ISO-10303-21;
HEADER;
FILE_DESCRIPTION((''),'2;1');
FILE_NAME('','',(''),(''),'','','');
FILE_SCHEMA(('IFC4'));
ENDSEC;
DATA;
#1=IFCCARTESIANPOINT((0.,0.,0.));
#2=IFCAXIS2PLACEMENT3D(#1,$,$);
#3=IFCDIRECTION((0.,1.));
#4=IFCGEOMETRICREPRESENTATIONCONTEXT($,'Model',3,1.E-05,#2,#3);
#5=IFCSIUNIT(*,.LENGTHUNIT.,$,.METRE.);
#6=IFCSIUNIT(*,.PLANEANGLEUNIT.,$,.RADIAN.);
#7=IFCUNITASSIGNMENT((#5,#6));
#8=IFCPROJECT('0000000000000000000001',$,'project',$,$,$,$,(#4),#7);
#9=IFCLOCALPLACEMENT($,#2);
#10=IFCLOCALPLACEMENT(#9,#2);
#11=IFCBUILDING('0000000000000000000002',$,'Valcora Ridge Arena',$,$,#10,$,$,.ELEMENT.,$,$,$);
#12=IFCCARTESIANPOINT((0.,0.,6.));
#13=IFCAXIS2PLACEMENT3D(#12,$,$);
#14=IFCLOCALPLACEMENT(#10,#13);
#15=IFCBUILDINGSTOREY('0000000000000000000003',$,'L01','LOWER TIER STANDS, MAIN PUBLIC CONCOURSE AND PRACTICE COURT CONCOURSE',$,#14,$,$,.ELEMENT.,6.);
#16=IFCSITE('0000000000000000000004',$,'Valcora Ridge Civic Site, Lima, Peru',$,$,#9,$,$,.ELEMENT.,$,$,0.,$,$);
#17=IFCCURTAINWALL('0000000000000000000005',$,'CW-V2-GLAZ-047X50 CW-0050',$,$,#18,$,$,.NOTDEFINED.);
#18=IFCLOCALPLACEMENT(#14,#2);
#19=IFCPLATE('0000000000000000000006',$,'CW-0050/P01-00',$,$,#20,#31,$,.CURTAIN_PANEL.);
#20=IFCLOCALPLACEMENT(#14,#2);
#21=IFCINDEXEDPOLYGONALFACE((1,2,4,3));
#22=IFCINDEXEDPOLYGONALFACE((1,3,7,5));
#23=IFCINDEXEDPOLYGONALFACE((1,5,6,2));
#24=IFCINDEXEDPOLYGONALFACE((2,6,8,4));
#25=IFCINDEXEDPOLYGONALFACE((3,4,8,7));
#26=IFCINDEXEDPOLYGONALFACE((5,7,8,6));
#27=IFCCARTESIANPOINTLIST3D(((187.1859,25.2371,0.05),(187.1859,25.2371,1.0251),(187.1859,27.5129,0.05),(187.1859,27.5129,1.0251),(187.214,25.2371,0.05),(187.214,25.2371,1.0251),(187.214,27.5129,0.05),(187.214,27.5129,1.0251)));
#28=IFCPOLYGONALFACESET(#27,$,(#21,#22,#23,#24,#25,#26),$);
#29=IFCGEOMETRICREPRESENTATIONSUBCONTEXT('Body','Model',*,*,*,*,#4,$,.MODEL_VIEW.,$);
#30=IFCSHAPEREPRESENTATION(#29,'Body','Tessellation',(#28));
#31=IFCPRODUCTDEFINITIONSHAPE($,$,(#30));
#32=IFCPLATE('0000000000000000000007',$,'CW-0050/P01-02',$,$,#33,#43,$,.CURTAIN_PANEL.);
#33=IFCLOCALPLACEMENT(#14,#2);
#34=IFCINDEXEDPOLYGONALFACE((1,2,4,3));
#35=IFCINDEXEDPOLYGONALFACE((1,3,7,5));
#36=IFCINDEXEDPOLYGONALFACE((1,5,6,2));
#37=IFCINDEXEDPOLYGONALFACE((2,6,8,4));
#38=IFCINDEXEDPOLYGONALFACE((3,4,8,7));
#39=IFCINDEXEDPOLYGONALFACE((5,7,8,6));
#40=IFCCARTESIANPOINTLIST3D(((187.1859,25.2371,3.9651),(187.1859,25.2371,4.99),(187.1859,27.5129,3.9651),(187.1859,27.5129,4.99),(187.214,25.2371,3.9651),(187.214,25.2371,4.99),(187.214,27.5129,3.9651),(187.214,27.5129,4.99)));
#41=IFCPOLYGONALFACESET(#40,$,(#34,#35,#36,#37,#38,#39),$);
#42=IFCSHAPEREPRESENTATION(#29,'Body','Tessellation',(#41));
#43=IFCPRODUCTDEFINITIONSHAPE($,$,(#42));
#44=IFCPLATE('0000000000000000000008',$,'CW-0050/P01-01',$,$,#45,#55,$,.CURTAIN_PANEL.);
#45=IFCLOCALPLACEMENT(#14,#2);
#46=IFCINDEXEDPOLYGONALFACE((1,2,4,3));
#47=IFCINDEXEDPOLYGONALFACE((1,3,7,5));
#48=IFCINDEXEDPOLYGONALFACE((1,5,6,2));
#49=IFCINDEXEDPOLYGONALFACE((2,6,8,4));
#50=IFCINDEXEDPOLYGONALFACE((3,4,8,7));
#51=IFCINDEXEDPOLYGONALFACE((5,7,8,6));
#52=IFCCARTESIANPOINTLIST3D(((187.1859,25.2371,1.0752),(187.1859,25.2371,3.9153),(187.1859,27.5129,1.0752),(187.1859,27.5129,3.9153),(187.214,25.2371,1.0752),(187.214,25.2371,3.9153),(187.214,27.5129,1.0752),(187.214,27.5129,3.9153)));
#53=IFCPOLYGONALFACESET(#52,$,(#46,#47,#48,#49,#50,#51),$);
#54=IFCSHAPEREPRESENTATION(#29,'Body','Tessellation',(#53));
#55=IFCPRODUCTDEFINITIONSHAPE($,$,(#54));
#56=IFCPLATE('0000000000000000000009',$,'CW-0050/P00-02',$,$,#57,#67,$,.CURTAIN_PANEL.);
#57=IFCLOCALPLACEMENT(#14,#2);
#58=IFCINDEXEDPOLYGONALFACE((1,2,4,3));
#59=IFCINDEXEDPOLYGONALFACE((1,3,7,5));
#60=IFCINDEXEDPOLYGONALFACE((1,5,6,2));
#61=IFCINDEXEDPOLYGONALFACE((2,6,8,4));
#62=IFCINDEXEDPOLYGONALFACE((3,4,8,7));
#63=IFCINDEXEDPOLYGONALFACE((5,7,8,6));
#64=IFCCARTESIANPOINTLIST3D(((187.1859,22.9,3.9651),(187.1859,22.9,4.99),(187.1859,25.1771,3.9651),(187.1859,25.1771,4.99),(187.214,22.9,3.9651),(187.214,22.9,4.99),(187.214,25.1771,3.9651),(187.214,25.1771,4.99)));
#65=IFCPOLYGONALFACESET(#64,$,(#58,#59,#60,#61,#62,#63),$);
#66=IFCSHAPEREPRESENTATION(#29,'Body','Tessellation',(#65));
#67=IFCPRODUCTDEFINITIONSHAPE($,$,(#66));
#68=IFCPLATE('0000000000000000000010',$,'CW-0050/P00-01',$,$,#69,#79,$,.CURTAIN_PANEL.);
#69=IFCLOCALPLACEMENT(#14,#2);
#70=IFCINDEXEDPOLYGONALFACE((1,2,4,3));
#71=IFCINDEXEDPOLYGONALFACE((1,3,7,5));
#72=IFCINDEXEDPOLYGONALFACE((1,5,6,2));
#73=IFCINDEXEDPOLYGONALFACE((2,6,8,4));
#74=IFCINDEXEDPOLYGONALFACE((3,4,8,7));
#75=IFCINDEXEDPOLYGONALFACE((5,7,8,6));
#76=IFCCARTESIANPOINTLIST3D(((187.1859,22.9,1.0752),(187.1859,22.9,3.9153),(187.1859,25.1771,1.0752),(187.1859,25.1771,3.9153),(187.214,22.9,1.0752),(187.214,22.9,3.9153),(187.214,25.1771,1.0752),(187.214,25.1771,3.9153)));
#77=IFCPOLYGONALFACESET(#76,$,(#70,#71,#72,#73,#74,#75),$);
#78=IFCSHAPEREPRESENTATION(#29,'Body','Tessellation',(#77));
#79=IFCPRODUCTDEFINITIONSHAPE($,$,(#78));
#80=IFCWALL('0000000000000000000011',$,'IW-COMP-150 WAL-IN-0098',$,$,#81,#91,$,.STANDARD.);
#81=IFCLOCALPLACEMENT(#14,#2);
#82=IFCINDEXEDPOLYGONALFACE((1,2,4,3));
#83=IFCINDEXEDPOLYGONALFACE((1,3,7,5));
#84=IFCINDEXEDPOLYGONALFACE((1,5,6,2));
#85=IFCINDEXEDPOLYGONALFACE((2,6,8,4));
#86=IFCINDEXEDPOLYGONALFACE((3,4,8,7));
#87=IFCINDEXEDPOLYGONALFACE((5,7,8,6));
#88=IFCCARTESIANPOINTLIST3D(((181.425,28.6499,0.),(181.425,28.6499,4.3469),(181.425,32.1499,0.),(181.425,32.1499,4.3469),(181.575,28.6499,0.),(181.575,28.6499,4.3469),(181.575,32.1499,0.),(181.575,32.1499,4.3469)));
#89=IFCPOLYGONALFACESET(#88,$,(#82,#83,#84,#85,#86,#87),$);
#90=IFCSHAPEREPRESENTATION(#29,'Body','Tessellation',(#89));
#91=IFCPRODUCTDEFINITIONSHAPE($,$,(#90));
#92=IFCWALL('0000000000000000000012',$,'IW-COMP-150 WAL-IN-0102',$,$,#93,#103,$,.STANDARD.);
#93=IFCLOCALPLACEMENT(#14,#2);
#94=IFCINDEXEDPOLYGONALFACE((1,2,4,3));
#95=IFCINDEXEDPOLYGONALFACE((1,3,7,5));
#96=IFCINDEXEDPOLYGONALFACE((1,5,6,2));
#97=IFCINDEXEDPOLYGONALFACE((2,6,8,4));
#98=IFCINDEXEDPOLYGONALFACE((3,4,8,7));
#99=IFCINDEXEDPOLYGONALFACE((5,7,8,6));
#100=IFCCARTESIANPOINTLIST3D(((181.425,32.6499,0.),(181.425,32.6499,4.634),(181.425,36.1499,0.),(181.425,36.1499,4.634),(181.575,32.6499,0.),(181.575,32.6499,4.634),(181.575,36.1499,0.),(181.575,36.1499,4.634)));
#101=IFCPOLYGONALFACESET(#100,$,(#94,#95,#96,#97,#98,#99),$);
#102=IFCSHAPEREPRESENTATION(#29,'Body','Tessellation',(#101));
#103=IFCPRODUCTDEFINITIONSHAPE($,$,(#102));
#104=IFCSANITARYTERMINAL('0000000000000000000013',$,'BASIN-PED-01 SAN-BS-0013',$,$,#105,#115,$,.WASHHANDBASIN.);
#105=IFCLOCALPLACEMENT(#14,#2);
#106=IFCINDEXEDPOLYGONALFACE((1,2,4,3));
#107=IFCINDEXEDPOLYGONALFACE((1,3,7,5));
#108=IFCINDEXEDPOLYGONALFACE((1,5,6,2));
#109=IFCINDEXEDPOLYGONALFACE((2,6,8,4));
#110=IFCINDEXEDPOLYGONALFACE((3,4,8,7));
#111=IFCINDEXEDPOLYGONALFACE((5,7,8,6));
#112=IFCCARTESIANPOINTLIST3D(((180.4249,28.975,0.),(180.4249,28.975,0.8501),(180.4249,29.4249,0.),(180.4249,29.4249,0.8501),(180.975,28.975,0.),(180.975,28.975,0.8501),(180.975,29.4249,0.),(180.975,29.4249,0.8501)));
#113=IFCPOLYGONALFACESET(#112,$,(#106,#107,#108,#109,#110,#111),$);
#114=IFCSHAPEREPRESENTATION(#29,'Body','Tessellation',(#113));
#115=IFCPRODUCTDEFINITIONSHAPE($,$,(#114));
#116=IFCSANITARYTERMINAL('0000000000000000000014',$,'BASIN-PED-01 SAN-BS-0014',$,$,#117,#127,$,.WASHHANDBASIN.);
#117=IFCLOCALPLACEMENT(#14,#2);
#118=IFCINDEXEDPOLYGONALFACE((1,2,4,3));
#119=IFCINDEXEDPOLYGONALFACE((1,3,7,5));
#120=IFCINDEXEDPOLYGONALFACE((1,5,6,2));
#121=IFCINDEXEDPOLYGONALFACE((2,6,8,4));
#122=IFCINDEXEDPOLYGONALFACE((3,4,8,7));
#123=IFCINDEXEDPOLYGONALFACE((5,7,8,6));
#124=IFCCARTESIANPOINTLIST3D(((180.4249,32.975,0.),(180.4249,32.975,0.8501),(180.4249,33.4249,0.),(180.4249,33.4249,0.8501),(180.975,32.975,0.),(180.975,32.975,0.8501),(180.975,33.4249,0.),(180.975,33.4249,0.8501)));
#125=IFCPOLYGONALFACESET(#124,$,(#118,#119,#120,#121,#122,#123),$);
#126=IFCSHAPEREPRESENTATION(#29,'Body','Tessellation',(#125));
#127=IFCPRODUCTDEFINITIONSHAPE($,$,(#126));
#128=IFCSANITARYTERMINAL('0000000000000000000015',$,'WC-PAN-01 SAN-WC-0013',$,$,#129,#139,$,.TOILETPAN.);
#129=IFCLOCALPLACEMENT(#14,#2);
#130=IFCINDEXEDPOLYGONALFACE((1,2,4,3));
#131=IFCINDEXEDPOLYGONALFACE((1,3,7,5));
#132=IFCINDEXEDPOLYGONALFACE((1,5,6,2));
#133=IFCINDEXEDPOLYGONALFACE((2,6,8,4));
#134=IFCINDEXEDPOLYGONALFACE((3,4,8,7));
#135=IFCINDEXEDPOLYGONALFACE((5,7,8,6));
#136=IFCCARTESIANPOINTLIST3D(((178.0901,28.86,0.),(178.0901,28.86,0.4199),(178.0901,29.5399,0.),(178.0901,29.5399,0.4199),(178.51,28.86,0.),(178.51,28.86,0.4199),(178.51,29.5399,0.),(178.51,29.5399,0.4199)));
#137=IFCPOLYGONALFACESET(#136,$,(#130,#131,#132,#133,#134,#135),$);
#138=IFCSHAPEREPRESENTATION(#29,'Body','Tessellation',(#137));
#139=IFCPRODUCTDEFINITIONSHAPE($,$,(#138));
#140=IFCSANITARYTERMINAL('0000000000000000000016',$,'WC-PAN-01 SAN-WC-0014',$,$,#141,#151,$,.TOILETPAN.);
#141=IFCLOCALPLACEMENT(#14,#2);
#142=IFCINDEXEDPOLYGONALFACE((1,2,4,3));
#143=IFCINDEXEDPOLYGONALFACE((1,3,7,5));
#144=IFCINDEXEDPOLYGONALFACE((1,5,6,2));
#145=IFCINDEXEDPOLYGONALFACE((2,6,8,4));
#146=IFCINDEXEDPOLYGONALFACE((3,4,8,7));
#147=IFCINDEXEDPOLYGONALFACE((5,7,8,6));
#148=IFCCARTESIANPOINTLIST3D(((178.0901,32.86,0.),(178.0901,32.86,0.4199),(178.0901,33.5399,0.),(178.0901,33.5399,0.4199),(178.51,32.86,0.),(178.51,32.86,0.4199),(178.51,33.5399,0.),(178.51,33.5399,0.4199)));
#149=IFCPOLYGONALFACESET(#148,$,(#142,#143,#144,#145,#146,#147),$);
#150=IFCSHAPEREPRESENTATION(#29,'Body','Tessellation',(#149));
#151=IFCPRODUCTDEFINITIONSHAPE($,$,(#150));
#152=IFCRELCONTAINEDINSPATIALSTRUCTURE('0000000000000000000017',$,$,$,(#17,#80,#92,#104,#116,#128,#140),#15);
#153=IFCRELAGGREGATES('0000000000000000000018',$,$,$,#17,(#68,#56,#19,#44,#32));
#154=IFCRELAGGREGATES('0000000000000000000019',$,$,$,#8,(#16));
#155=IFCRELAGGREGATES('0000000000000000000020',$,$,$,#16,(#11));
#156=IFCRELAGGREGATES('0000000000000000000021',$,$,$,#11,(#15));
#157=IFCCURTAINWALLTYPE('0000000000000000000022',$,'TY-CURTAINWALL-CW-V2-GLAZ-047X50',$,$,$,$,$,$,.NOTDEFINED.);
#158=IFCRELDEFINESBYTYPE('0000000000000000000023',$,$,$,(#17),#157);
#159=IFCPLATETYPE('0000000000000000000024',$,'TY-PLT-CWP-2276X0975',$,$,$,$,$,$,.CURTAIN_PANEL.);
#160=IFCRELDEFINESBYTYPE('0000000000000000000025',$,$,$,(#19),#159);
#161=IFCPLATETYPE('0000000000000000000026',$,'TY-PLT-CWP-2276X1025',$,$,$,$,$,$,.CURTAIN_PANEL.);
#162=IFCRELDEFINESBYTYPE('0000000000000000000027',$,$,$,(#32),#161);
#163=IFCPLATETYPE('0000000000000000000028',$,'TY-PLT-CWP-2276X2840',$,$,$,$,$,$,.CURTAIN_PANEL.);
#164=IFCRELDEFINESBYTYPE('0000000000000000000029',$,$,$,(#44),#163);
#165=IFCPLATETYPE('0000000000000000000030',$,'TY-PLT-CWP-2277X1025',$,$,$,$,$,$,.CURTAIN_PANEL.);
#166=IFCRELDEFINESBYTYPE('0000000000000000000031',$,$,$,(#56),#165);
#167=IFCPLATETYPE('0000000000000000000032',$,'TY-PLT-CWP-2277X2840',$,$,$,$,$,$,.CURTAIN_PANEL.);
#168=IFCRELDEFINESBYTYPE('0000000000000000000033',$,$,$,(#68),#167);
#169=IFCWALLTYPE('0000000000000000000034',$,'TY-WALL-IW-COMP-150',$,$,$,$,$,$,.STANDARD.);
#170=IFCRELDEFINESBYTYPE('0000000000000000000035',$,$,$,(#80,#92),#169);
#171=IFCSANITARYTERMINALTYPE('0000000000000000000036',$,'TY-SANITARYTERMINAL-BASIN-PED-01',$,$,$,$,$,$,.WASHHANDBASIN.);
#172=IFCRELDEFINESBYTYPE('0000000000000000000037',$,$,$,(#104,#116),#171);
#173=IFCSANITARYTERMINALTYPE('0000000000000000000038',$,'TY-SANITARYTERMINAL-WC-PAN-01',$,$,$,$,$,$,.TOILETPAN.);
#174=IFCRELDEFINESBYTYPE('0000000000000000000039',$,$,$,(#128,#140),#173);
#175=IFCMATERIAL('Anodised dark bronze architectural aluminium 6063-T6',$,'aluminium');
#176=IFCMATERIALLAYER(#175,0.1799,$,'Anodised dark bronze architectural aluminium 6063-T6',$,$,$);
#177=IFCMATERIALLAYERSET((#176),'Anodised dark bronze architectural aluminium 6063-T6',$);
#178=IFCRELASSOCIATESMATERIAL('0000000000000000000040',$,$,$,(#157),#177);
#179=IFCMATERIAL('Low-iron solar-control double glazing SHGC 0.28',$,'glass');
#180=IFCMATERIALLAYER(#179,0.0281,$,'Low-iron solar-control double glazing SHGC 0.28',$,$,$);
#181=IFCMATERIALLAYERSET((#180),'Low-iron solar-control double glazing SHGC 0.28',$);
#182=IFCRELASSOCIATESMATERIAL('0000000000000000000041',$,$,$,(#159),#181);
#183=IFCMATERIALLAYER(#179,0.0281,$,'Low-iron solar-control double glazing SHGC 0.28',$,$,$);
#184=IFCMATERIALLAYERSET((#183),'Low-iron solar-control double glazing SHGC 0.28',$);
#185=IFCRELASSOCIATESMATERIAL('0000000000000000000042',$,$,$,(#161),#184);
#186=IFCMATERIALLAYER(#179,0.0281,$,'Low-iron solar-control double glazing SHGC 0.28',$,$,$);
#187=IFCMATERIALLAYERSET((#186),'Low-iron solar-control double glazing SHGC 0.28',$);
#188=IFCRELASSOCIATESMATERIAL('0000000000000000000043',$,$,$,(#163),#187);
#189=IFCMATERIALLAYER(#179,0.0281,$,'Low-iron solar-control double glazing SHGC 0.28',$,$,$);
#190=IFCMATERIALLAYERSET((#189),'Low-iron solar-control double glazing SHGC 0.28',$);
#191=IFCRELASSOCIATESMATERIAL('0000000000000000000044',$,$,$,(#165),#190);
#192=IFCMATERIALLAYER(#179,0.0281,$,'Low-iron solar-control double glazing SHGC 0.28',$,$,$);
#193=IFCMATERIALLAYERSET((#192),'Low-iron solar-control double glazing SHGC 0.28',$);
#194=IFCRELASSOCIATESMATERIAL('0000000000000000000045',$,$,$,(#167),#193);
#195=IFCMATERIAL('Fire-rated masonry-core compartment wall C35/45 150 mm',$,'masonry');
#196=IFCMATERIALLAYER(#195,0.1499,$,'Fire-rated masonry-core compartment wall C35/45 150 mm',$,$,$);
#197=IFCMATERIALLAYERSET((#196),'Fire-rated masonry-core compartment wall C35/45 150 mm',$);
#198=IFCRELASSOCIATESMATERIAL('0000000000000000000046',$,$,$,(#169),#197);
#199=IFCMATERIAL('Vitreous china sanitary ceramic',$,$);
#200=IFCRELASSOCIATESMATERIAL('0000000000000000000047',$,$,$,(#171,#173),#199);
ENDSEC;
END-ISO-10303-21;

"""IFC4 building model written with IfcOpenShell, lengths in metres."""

from ifc_helpers import new_model, si_unit, direction, frame, frame_2d, origin, origin_2d, place, context, subcontext, project, spatial, rectangle, extrude, material, layer, layer_set, type_object, element, aggregate, save


model = new_model("IFC4")

# Units and contexts
model_context = context("Model", 3, precision=1e-05, world=origin(), true_north=direction((0.0, 1.0)))
body_context = subcontext(model_context, "Body", "Model", "MODEL_VIEW")
ifc_project = project(units=[si_unit("LENGTHUNIT", "METRE"), si_unit("PLANEANGLEUNIT", "RADIAN")], contexts=[model_context])

# Site, building, storey
site_placement = place(None, origin())
site = spatial("IfcSite", under=ifc_project, at=site_placement, Name="Valcora Ridge Civic Site, Lima, Peru", CompositionType="ELEMENT", RefElevation=0.0)
building_placement = place(site_placement, origin())
building = spatial("IfcBuilding", under=site, at=building_placement, Name="Valcora Ridge Arena", CompositionType="ELEMENT")
storey_placement = place(building_placement, frame((0.0, 0.0, 6.0)))
storey = spatial("IfcBuildingStorey", under=building, at=storey_placement, Name="L01", Description="LOWER TIER STANDS, MAIN PUBLIC CONCOURSE AND PRACTICE COURT CONCOURSE", CompositionType="ELEMENT", Elevation=6.0)

# Curtain wall
ifc_material_1 = material(Name="Anodised dark bronze architectural aluminium 6063-T6", Category="aluminium")
ifc_layer_1 = layer(ifc_material_1, 0.1799, Name="Anodised dark bronze architectural aluminium 6063-T6")
ifc_layer_set_1 = layer_set([ifc_layer_1], Name="Anodised dark bronze architectural aluminium 6063-T6")
curtain_wall_type = type_object("IfcCurtainWallType", Name="TY-CURTAINWALL-CW-V2-GLAZ-047X50", PredefinedType="NOTDEFINED", material=ifc_layer_set_1)
curtain_wall_1_placement = place(storey_placement, origin())
curtain_wall_1 = element("IfcCurtainWall", 1, at=curtain_wall_1_placement, inside=storey, type_object=curtain_wall_type, Name="CW-V2-GLAZ-047X50 CW-0050", PredefinedType="NOTDEFINED")

# Plates
ifc_material_2 = material(Name="Low-iron solar-control double glazing SHGC 0.28", Category="glass")
ifc_layer_2 = layer(ifc_material_2, 0.0281, Name="Low-iron solar-control double glazing SHGC 0.28")
ifc_layer_set_2 = layer_set([ifc_layer_2], Name="Low-iron solar-control double glazing SHGC 0.28")
plate_type_1 = type_object("IfcPlateType", Name="TY-PLT-CWP-2276X0975", PredefinedType="CURTAIN_PANEL", material=ifc_layer_set_2)
plate_1_placement = place(storey_placement, frame((187.2, 26.375, 0.05), z_axis=(0.0, 0.0, 1.0), x_axis=(0.0, 1.0, 0.0)))
plate_1 = element("IfcPlate", 2, at=plate_1_placement, type_object=plate_type_1, Name="CW-0050/P01-00", PredefinedType="CURTAIN_PANEL", context=body_context, shape_type="SweptSolid", body=[
    extrude(rectangle(XDim=2.2759, YDim=0.0281, at=origin_2d()), origin(), (0.0, 0.0, 1.0), 0.9751),
])
ifc_layer_3 = layer(ifc_material_2, 0.0281, Name="Low-iron solar-control double glazing SHGC 0.28")
ifc_layer_set_3 = layer_set([ifc_layer_3], Name="Low-iron solar-control double glazing SHGC 0.28")
plate_type_2 = type_object("IfcPlateType", Name="TY-PLT-CWP-2276X1025", PredefinedType="CURTAIN_PANEL", material=ifc_layer_set_3)
plate_2_placement = place(storey_placement, frame((187.2, 26.375, 3.9651), z_axis=(0.0, 0.0, 1.0), x_axis=(0.0, 1.0, 0.0)))
plate_2 = element("IfcPlate", 3, at=plate_2_placement, type_object=plate_type_2, Name="CW-0050/P01-02", PredefinedType="CURTAIN_PANEL", context=body_context, shape_type="SweptSolid", body=[
    extrude(rectangle(XDim=2.2759, YDim=0.0281, at=origin_2d()), origin(), (0.0, 0.0, 1.0), 1.0249),
])
ifc_layer_4 = layer(ifc_material_2, 0.0281, Name="Low-iron solar-control double glazing SHGC 0.28")
ifc_layer_set_4 = layer_set([ifc_layer_4], Name="Low-iron solar-control double glazing SHGC 0.28")
plate_type_3 = type_object("IfcPlateType", Name="TY-PLT-CWP-2276X2840", PredefinedType="CURTAIN_PANEL", material=ifc_layer_set_4)
plate_3_placement = place(storey_placement, frame((187.2, 26.375, 1.0752), z_axis=(0.0, 0.0, 1.0), x_axis=(0.0, 1.0, 0.0)))
plate_3 = element("IfcPlate", 4, at=plate_3_placement, type_object=plate_type_3, Name="CW-0050/P01-01", PredefinedType="CURTAIN_PANEL", context=body_context, shape_type="SweptSolid", body=[
    extrude(rectangle(XDim=2.2759, YDim=0.0281, at=origin_2d()), origin(), (0.0, 0.0, 1.0), 2.8401),
])
ifc_layer_5 = layer(ifc_material_2, 0.0281, Name="Low-iron solar-control double glazing SHGC 0.28")
ifc_layer_set_5 = layer_set([ifc_layer_5], Name="Low-iron solar-control double glazing SHGC 0.28")
plate_type_4 = type_object("IfcPlateType", Name="TY-PLT-CWP-2277X1025", PredefinedType="CURTAIN_PANEL", material=ifc_layer_set_5)
plate_4_placement = place(storey_placement, frame((187.2, 24.0386, 3.9651), z_axis=(0.0, 0.0, 1.0), x_axis=(0.0, 1.0, 0.0)))
plate_4 = element("IfcPlate", 5, at=plate_4_placement, type_object=plate_type_4, Name="CW-0050/P00-02", PredefinedType="CURTAIN_PANEL", context=body_context, shape_type="SweptSolid", body=[
    extrude(rectangle(XDim=2.2771, YDim=0.0281, at=origin_2d()), origin(), (0.0, 0.0, 1.0), 1.0249),
])
ifc_layer_6 = layer(ifc_material_2, 0.0281, Name="Low-iron solar-control double glazing SHGC 0.28")
ifc_layer_set_6 = layer_set([ifc_layer_6], Name="Low-iron solar-control double glazing SHGC 0.28")
plate_type_5 = type_object("IfcPlateType", Name="TY-PLT-CWP-2277X2840", PredefinedType="CURTAIN_PANEL", material=ifc_layer_set_6)
plate_5_placement = place(storey_placement, frame((187.2, 24.0386, 1.0752), z_axis=(0.0, 0.0, 1.0), x_axis=(0.0, 1.0, 0.0)))
plate_5 = element("IfcPlate", 6, at=plate_5_placement, type_object=plate_type_5, Name="CW-0050/P00-01", PredefinedType="CURTAIN_PANEL", context=body_context, shape_type="SweptSolid", body=[
    extrude(rectangle(XDim=2.2771, YDim=0.0281, at=origin_2d()), origin(), (0.0, 0.0, 1.0), 2.8401),
])
aggregate(curtain_wall_1, [plate_5, plate_4, plate_1, plate_3, plate_2])

# Walls
ifc_material_3 = material(Name="Fire-rated masonry-core compartment wall C35/45 150 mm", Category="masonry")
ifc_layer_7 = layer(ifc_material_3, 0.1499, Name="Fire-rated masonry-core compartment wall C35/45 150 mm")
ifc_layer_set_7 = layer_set([ifc_layer_7], Name="Fire-rated masonry-core compartment wall C35/45 150 mm")
wall_type = type_object("IfcWallType", Name="TY-WALL-IW-COMP-150", PredefinedType="STANDARD", material=ifc_layer_set_7)
wall_1_placement = place(storey_placement, frame((181.5, 28.6499, 0.0), z_axis=(0.0, 0.0, 1.0), x_axis=(0.0, 1.0, 0.0)))
element("IfcWall", 7, at=wall_1_placement, inside=storey, type_object=wall_type, Name="IW-COMP-150 WAL-IN-0098", PredefinedType="STANDARD", context=body_context, shape_type="SweptSolid", body=[
    extrude(rectangle(XDim=3.5, YDim=0.1499, at=frame_2d((1.75, 0.0))), origin(), (0.0, 0.0, 1.0), 4.3469),
])
wall_2_placement = place(storey_placement, frame((181.5, 32.6499, 0.0), z_axis=(0.0, 0.0, 1.0), x_axis=(0.0, 1.0, 0.0)))
element("IfcWall", 8, at=wall_2_placement, inside=storey, type_object=wall_type, Name="IW-COMP-150 WAL-IN-0102", PredefinedType="STANDARD", context=body_context, shape_type="SweptSolid", body=[
    extrude(rectangle(XDim=3.5, YDim=0.1499, at=frame_2d((1.75, 0.0))), origin(), (0.0, 0.0, 1.0), 4.634),
])

# Sanitary terminals
ifc_material_4 = material(Name="Vitreous china sanitary ceramic")
sanitary_terminal_type_1 = type_object("IfcSanitaryTerminalType", Name="TY-SANITARYTERMINAL-BASIN-PED-01", PredefinedType="WASHHANDBASIN", material=ifc_material_4)
for number, where, z_axis, x_axis, name in (
    (9, (180.7, 29.2, 0.0), (0.0, 0.0, 1.0), (1.0, 0.0, 0.0), "BASIN-PED-01 SAN-BS-0013"),
    (10, (180.7, 33.2, 0.0), (0.0, 0.0, 1.0), (1.0, 0.0, 0.0), "BASIN-PED-01 SAN-BS-0014"),
):
    element("IfcSanitaryTerminal", number, at=place(storey_placement, frame(where, z_axis=z_axis, x_axis=x_axis)), inside=storey, type_object=sanitary_terminal_type_1, Name=name, PredefinedType="WASHHANDBASIN", context=body_context, shape_type="SweptSolid", body=[
        extrude(rectangle(XDim=0.55, YDim=0.45, at=origin_2d()), origin(), (0.0, 0.0, 1.0), 0.8501),
    ])
sanitary_terminal_type_2 = type_object("IfcSanitaryTerminalType", Name="TY-SANITARYTERMINAL-WC-PAN-01", PredefinedType="TOILETPAN", material=ifc_material_4)
for number, where, z_axis, x_axis, name in (
    (11, (178.3, 29.2, 0.0), (0.0, 0.0, 1.0), (1.0, 0.0, 0.0), "WC-PAN-01 SAN-WC-0013"),
    (12, (178.3, 33.2, 0.0), (0.0, 0.0, 1.0), (1.0, 0.0, 0.0), "WC-PAN-01 SAN-WC-0014"),
):
    element("IfcSanitaryTerminal", number, at=place(storey_placement, frame(where, z_axis=z_axis, x_axis=x_axis)), inside=storey, type_object=sanitary_terminal_type_2, Name=name, PredefinedType="TOILETPAN", context=body_context, shape_type="SweptSolid", body=[
        extrude(rectangle(XDim=0.4199, YDim=0.6799, at=origin_2d()), origin(), (0.0, 0.0, 1.0), 0.4199),
    ])

save(model, "model.ifc")
